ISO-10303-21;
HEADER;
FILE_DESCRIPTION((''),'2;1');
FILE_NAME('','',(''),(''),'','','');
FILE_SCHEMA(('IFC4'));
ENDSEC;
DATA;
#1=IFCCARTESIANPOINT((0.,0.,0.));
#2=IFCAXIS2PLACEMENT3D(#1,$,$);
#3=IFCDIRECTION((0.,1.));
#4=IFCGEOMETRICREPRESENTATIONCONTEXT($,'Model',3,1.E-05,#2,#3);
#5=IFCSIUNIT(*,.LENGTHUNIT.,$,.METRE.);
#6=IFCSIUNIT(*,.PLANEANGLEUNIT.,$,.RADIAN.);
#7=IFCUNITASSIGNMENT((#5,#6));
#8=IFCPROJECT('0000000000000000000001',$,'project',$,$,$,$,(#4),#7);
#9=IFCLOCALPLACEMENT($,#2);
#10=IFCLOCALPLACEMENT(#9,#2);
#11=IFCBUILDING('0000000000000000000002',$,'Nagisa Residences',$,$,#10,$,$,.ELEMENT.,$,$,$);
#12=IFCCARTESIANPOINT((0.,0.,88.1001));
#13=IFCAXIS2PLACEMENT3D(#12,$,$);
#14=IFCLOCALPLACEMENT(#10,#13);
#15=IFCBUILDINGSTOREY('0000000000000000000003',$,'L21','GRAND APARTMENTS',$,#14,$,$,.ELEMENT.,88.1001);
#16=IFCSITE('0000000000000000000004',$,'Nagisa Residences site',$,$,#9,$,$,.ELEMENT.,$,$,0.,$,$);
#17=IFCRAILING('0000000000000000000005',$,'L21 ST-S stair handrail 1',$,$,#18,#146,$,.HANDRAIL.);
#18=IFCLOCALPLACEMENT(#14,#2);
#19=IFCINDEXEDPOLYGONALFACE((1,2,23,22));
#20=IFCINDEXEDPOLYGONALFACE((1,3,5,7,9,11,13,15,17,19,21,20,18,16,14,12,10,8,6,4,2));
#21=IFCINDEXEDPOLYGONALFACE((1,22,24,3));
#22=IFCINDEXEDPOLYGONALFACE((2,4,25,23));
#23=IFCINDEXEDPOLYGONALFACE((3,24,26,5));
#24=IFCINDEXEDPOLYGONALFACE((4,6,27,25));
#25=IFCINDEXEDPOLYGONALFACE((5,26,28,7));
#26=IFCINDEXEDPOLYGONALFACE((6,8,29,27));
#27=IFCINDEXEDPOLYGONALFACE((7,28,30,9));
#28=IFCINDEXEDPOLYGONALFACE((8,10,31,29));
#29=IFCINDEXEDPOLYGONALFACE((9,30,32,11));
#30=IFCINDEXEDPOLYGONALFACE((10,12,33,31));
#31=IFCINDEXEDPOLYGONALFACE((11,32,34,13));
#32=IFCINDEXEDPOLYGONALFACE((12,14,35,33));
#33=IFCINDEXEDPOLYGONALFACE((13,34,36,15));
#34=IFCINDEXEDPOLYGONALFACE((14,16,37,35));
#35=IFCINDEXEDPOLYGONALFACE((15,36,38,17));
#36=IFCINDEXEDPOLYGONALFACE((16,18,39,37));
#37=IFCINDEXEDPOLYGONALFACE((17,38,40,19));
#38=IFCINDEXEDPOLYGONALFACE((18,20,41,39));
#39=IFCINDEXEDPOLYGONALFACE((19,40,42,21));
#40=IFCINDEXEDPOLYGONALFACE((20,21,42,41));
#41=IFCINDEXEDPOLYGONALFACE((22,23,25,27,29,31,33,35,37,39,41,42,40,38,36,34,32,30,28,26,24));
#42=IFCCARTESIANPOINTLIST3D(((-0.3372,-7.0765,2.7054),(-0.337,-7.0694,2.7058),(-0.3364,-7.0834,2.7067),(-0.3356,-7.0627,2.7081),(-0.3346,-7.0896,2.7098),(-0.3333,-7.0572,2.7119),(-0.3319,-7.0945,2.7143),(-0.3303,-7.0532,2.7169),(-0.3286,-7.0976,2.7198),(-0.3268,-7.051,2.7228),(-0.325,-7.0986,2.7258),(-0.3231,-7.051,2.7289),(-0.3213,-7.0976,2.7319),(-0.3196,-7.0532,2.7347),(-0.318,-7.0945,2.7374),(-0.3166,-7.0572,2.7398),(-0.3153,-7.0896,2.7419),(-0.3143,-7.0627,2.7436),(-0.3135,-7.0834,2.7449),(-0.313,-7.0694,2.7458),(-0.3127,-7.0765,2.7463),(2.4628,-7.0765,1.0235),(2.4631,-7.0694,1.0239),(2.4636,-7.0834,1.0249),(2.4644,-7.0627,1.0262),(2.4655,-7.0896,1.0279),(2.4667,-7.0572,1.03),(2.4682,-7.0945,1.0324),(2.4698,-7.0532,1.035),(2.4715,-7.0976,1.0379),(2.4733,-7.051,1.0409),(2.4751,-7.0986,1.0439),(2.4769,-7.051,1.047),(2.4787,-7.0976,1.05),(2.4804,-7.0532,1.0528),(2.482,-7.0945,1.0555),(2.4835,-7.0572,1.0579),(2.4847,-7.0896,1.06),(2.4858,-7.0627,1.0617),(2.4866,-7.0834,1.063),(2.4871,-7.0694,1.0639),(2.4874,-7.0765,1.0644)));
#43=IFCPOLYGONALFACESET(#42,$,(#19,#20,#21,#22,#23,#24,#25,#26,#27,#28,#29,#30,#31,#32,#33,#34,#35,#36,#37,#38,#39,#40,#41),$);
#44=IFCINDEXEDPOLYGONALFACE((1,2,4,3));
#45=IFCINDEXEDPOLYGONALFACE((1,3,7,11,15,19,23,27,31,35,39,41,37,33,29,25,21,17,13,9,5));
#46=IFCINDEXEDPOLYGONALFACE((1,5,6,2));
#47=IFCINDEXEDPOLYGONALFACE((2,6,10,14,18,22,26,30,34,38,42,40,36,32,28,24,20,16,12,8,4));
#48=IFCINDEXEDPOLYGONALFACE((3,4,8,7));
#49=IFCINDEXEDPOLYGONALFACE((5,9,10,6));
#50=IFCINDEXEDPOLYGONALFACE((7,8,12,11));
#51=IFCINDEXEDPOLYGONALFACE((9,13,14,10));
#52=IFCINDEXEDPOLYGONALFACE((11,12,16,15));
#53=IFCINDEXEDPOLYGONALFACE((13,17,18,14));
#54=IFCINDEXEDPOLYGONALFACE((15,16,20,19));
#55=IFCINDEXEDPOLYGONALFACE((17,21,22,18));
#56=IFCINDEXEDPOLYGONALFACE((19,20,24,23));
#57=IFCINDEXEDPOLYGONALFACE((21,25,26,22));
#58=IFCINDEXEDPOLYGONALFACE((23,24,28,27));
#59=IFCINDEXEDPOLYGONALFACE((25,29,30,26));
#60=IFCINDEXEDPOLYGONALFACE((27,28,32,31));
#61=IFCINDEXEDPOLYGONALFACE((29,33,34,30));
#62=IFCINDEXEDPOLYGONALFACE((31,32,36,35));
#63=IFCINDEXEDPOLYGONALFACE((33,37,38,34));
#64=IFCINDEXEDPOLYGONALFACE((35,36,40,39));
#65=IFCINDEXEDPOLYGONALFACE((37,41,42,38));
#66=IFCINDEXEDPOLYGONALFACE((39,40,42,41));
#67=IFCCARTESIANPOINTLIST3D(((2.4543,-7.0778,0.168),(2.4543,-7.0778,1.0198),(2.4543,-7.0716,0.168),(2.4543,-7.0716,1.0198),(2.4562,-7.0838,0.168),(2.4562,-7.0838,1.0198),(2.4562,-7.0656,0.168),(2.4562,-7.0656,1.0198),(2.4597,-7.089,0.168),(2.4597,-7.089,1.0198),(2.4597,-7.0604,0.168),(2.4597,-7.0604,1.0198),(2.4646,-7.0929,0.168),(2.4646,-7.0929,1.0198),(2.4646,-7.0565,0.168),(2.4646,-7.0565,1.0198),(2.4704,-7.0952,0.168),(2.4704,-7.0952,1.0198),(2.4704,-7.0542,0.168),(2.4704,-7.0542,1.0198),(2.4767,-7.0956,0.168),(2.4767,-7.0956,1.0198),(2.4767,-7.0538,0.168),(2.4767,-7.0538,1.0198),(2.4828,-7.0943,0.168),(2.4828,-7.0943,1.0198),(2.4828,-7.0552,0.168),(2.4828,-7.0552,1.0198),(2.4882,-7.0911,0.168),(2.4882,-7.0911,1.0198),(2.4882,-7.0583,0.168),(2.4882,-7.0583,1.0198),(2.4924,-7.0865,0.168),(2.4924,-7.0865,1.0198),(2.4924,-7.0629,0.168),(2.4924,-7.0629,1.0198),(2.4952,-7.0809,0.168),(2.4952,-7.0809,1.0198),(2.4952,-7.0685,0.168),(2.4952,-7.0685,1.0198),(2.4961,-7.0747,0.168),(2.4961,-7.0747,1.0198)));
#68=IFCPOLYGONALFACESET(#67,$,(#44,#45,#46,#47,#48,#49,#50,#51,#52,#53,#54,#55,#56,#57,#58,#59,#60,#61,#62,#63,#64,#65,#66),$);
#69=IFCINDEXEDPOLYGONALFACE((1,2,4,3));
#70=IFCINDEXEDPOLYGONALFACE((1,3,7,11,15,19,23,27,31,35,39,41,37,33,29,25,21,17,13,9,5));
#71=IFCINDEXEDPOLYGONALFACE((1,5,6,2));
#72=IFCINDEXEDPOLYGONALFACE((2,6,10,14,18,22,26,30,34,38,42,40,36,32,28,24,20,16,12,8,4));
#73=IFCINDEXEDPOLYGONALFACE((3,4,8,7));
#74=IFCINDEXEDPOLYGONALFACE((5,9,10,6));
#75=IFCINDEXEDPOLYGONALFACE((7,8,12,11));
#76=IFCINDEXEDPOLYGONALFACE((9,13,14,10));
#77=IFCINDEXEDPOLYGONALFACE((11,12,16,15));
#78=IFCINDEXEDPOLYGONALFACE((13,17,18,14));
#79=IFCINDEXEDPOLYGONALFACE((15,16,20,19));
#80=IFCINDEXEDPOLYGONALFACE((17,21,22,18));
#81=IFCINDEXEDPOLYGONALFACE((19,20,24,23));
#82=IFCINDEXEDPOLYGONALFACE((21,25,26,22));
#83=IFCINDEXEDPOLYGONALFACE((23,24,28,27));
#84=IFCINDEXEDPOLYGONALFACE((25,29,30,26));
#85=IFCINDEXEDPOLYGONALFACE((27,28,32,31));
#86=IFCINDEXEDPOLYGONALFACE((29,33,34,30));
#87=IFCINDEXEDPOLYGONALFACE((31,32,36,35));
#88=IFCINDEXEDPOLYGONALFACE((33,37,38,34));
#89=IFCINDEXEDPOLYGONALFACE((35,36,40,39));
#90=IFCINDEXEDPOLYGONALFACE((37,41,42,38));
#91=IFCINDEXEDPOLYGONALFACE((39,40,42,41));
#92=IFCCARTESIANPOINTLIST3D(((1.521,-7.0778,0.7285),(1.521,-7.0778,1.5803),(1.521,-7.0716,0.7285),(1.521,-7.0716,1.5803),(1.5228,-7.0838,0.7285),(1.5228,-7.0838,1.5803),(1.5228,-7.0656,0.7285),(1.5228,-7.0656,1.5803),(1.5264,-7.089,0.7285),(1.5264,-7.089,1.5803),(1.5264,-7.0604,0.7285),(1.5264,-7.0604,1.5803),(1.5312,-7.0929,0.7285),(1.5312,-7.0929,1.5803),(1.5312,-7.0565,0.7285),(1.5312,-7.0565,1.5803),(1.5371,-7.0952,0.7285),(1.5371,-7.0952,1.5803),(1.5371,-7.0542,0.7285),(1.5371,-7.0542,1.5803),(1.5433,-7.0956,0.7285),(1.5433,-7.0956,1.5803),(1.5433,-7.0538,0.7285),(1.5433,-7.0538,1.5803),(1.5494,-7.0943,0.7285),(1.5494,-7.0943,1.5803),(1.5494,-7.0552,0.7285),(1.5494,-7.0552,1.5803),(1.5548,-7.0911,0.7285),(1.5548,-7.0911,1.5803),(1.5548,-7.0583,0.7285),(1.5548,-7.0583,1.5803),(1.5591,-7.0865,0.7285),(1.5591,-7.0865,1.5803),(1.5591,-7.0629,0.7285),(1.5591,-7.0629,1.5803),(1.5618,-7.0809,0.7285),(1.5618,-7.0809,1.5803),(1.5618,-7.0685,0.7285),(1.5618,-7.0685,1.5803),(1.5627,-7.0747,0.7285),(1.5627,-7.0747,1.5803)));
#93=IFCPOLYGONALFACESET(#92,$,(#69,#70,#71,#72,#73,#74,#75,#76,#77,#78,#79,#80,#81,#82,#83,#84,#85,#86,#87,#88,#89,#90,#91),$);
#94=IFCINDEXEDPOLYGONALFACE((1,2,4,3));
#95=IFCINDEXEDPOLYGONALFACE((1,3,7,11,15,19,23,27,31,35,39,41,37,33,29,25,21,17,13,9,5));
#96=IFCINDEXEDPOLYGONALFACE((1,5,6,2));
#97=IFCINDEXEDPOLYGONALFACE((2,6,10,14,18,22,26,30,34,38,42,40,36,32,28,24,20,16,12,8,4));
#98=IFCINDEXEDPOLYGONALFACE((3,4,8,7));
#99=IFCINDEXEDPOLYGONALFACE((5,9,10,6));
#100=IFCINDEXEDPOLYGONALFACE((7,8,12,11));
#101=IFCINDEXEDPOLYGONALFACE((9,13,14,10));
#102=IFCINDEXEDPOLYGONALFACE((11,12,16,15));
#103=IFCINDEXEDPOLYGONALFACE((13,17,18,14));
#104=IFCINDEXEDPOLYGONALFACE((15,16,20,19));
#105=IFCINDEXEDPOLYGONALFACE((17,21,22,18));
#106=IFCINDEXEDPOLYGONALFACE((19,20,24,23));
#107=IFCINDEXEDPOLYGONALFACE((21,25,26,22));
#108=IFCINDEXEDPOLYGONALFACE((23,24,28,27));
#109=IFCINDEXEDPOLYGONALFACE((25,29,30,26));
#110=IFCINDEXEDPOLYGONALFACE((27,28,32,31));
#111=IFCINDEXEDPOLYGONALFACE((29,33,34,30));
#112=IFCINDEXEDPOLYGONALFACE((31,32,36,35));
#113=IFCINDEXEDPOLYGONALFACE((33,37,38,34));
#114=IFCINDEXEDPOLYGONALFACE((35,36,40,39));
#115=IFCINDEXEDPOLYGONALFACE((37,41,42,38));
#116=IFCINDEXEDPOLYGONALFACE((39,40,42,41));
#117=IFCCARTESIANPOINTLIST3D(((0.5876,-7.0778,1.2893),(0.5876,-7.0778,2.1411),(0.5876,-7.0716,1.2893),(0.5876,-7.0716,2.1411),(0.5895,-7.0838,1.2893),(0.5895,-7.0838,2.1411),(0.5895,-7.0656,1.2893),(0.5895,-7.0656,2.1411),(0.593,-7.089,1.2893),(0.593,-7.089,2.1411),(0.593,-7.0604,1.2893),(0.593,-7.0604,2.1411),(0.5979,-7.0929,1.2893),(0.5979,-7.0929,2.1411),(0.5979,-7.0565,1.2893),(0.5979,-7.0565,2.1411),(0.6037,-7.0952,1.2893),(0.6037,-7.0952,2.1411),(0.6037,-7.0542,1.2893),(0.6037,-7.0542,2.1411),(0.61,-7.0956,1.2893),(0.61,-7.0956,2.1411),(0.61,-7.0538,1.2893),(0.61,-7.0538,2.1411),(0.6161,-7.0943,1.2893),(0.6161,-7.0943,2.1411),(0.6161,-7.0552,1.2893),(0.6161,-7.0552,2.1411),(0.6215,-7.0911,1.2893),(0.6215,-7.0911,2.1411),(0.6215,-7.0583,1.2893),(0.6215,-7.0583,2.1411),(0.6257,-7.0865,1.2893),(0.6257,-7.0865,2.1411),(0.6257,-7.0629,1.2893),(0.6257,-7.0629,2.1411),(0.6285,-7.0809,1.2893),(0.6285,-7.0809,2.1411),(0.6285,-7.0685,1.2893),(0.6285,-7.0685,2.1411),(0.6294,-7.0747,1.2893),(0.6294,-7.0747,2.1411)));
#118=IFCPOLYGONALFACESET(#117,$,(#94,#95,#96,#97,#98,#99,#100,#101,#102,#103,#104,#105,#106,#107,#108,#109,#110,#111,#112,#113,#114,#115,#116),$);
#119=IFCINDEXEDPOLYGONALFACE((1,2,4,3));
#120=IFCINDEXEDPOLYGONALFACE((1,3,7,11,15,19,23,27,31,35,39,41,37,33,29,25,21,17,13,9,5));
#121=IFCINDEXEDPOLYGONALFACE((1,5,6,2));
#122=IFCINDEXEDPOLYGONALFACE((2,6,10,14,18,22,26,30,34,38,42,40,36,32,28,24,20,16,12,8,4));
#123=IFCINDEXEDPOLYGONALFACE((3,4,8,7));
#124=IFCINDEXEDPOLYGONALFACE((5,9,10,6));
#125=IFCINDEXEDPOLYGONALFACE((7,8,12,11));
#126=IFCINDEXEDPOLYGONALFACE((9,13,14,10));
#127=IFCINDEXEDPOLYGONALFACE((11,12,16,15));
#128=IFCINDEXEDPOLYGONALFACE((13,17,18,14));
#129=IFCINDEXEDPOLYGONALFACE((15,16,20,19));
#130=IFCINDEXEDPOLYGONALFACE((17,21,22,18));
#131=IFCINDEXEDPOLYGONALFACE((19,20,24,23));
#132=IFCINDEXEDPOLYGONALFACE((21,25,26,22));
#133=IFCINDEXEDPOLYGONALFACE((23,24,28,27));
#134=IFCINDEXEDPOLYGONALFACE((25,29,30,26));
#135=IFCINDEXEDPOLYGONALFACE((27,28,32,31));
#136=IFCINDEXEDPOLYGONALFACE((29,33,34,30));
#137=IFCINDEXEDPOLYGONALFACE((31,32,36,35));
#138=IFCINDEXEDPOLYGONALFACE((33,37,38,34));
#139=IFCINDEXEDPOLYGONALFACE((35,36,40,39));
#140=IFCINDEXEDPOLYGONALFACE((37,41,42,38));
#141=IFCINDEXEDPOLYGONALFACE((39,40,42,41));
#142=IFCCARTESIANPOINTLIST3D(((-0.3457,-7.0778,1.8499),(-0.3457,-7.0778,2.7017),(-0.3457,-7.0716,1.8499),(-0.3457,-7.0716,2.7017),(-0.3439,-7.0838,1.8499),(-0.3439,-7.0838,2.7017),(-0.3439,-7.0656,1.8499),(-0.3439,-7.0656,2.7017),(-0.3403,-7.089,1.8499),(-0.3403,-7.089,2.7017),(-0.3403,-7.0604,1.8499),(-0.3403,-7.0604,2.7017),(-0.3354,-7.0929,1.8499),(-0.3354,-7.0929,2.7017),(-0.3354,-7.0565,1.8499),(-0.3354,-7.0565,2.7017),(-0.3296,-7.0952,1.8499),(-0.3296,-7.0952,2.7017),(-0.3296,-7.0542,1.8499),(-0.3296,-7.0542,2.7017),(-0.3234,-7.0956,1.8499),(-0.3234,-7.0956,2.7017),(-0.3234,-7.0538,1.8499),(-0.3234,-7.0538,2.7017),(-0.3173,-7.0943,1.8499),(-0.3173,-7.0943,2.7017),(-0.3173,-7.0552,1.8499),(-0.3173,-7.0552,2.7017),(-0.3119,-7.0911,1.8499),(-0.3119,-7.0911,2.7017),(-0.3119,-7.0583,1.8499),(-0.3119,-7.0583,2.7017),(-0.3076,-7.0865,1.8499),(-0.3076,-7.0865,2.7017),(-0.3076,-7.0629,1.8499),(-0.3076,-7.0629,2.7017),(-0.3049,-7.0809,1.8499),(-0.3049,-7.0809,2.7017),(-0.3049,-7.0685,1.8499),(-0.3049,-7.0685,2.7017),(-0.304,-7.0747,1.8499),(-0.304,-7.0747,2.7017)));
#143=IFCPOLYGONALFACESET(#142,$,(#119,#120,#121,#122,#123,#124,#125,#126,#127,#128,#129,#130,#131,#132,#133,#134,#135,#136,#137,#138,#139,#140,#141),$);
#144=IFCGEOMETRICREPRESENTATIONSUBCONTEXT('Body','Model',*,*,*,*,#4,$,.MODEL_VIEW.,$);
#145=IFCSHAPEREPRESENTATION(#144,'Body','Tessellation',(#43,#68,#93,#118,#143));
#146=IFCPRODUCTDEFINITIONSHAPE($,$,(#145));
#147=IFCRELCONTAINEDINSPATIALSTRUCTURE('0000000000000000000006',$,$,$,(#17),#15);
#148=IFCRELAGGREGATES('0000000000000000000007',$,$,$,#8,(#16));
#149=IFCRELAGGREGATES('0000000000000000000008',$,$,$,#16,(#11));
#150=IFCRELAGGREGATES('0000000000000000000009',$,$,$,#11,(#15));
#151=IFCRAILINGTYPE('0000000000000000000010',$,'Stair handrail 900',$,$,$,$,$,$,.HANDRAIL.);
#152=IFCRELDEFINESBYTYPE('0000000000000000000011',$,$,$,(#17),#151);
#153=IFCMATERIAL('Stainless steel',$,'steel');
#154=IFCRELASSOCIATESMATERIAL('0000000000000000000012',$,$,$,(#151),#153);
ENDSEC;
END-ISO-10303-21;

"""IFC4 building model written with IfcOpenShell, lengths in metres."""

from ifc_helpers import new_model, si_unit, direction, frame, origin, origin_2d, place, context, subcontext, project, spatial, circle, extrude, material, type_object, element, save


model = new_model("IFC4")

# Units and contexts
model_context = context("Model", 3, precision=1e-05, world=origin(), true_north=direction((0.0, 1.0)))
body_context = subcontext(model_context, "Body", "Model", "MODEL_VIEW")
ifc_project = project(units=[si_unit("LENGTHUNIT", "METRE"), si_unit("PLANEANGLEUNIT", "RADIAN")], contexts=[model_context])

# Site, building, storey
site_placement = place(None, origin())
site = spatial("IfcSite", under=ifc_project, at=site_placement, Name="Nagisa Residences site", CompositionType="ELEMENT", RefElevation=0.0)
building_placement = place(site_placement, origin())
building = spatial("IfcBuilding", under=site, at=building_placement, Name="Nagisa Residences", CompositionType="ELEMENT")
storey_placement = place(building_placement, frame((0.0, 0.0, 88.1001)))
storey = spatial("IfcBuildingStorey", under=building, at=storey_placement, Name="L21", Description="GRAND APARTMENTS", CompositionType="ELEMENT", Elevation=88.1001)

# Railing
ifc_material_1 = material(Name="Stainless steel", Category="steel")
railing_type_1 = type_object("IfcRailingType", Name="Stair handrail 900", PredefinedType="HANDRAIL", material=ifc_material_1)
railing_1_placement = place(storey_placement, frame((2.4751, -7.0747, 0.168)))
element("IfcRailing", 1, at=railing_1_placement, inside=storey, type_object=railing_type_1, Name="L21 ST-S stair handrail 1", PredefinedType="HANDRAIL", context=body_context, shape_type="SweptSolid", body=[
    extrude(circle(Radius=0.0239, at=origin_2d()), frame((0.0, 0.0, 0.876), z_axis=(-0.857242, 0.0, 0.514913), x_axis=(0.0, -1.0, 0.0)), (0.0, 0.0, 1.0), 3.2664),
    extrude(circle(Radius=0.021, at=origin_2d()), origin(), (0.0, 0.0, 1.0), 0.8518),
    extrude(circle(Radius=0.021, at=origin_2d()), frame((-0.9333, 0.0, 0.5605)), (0.0, 0.0, 1.0), 0.8518),
    extrude(circle(Radius=0.021, at=origin_2d()), frame((-1.8667, 0.0, 1.1213)), (0.0, 0.0, 1.0), 0.8518),
    extrude(circle(Radius=0.021, at=origin_2d()), frame((-2.8, 0.0, 1.6819)), (0.0, 0.0, 1.0), 0.8518),
])

save(model, "model.ifc")
